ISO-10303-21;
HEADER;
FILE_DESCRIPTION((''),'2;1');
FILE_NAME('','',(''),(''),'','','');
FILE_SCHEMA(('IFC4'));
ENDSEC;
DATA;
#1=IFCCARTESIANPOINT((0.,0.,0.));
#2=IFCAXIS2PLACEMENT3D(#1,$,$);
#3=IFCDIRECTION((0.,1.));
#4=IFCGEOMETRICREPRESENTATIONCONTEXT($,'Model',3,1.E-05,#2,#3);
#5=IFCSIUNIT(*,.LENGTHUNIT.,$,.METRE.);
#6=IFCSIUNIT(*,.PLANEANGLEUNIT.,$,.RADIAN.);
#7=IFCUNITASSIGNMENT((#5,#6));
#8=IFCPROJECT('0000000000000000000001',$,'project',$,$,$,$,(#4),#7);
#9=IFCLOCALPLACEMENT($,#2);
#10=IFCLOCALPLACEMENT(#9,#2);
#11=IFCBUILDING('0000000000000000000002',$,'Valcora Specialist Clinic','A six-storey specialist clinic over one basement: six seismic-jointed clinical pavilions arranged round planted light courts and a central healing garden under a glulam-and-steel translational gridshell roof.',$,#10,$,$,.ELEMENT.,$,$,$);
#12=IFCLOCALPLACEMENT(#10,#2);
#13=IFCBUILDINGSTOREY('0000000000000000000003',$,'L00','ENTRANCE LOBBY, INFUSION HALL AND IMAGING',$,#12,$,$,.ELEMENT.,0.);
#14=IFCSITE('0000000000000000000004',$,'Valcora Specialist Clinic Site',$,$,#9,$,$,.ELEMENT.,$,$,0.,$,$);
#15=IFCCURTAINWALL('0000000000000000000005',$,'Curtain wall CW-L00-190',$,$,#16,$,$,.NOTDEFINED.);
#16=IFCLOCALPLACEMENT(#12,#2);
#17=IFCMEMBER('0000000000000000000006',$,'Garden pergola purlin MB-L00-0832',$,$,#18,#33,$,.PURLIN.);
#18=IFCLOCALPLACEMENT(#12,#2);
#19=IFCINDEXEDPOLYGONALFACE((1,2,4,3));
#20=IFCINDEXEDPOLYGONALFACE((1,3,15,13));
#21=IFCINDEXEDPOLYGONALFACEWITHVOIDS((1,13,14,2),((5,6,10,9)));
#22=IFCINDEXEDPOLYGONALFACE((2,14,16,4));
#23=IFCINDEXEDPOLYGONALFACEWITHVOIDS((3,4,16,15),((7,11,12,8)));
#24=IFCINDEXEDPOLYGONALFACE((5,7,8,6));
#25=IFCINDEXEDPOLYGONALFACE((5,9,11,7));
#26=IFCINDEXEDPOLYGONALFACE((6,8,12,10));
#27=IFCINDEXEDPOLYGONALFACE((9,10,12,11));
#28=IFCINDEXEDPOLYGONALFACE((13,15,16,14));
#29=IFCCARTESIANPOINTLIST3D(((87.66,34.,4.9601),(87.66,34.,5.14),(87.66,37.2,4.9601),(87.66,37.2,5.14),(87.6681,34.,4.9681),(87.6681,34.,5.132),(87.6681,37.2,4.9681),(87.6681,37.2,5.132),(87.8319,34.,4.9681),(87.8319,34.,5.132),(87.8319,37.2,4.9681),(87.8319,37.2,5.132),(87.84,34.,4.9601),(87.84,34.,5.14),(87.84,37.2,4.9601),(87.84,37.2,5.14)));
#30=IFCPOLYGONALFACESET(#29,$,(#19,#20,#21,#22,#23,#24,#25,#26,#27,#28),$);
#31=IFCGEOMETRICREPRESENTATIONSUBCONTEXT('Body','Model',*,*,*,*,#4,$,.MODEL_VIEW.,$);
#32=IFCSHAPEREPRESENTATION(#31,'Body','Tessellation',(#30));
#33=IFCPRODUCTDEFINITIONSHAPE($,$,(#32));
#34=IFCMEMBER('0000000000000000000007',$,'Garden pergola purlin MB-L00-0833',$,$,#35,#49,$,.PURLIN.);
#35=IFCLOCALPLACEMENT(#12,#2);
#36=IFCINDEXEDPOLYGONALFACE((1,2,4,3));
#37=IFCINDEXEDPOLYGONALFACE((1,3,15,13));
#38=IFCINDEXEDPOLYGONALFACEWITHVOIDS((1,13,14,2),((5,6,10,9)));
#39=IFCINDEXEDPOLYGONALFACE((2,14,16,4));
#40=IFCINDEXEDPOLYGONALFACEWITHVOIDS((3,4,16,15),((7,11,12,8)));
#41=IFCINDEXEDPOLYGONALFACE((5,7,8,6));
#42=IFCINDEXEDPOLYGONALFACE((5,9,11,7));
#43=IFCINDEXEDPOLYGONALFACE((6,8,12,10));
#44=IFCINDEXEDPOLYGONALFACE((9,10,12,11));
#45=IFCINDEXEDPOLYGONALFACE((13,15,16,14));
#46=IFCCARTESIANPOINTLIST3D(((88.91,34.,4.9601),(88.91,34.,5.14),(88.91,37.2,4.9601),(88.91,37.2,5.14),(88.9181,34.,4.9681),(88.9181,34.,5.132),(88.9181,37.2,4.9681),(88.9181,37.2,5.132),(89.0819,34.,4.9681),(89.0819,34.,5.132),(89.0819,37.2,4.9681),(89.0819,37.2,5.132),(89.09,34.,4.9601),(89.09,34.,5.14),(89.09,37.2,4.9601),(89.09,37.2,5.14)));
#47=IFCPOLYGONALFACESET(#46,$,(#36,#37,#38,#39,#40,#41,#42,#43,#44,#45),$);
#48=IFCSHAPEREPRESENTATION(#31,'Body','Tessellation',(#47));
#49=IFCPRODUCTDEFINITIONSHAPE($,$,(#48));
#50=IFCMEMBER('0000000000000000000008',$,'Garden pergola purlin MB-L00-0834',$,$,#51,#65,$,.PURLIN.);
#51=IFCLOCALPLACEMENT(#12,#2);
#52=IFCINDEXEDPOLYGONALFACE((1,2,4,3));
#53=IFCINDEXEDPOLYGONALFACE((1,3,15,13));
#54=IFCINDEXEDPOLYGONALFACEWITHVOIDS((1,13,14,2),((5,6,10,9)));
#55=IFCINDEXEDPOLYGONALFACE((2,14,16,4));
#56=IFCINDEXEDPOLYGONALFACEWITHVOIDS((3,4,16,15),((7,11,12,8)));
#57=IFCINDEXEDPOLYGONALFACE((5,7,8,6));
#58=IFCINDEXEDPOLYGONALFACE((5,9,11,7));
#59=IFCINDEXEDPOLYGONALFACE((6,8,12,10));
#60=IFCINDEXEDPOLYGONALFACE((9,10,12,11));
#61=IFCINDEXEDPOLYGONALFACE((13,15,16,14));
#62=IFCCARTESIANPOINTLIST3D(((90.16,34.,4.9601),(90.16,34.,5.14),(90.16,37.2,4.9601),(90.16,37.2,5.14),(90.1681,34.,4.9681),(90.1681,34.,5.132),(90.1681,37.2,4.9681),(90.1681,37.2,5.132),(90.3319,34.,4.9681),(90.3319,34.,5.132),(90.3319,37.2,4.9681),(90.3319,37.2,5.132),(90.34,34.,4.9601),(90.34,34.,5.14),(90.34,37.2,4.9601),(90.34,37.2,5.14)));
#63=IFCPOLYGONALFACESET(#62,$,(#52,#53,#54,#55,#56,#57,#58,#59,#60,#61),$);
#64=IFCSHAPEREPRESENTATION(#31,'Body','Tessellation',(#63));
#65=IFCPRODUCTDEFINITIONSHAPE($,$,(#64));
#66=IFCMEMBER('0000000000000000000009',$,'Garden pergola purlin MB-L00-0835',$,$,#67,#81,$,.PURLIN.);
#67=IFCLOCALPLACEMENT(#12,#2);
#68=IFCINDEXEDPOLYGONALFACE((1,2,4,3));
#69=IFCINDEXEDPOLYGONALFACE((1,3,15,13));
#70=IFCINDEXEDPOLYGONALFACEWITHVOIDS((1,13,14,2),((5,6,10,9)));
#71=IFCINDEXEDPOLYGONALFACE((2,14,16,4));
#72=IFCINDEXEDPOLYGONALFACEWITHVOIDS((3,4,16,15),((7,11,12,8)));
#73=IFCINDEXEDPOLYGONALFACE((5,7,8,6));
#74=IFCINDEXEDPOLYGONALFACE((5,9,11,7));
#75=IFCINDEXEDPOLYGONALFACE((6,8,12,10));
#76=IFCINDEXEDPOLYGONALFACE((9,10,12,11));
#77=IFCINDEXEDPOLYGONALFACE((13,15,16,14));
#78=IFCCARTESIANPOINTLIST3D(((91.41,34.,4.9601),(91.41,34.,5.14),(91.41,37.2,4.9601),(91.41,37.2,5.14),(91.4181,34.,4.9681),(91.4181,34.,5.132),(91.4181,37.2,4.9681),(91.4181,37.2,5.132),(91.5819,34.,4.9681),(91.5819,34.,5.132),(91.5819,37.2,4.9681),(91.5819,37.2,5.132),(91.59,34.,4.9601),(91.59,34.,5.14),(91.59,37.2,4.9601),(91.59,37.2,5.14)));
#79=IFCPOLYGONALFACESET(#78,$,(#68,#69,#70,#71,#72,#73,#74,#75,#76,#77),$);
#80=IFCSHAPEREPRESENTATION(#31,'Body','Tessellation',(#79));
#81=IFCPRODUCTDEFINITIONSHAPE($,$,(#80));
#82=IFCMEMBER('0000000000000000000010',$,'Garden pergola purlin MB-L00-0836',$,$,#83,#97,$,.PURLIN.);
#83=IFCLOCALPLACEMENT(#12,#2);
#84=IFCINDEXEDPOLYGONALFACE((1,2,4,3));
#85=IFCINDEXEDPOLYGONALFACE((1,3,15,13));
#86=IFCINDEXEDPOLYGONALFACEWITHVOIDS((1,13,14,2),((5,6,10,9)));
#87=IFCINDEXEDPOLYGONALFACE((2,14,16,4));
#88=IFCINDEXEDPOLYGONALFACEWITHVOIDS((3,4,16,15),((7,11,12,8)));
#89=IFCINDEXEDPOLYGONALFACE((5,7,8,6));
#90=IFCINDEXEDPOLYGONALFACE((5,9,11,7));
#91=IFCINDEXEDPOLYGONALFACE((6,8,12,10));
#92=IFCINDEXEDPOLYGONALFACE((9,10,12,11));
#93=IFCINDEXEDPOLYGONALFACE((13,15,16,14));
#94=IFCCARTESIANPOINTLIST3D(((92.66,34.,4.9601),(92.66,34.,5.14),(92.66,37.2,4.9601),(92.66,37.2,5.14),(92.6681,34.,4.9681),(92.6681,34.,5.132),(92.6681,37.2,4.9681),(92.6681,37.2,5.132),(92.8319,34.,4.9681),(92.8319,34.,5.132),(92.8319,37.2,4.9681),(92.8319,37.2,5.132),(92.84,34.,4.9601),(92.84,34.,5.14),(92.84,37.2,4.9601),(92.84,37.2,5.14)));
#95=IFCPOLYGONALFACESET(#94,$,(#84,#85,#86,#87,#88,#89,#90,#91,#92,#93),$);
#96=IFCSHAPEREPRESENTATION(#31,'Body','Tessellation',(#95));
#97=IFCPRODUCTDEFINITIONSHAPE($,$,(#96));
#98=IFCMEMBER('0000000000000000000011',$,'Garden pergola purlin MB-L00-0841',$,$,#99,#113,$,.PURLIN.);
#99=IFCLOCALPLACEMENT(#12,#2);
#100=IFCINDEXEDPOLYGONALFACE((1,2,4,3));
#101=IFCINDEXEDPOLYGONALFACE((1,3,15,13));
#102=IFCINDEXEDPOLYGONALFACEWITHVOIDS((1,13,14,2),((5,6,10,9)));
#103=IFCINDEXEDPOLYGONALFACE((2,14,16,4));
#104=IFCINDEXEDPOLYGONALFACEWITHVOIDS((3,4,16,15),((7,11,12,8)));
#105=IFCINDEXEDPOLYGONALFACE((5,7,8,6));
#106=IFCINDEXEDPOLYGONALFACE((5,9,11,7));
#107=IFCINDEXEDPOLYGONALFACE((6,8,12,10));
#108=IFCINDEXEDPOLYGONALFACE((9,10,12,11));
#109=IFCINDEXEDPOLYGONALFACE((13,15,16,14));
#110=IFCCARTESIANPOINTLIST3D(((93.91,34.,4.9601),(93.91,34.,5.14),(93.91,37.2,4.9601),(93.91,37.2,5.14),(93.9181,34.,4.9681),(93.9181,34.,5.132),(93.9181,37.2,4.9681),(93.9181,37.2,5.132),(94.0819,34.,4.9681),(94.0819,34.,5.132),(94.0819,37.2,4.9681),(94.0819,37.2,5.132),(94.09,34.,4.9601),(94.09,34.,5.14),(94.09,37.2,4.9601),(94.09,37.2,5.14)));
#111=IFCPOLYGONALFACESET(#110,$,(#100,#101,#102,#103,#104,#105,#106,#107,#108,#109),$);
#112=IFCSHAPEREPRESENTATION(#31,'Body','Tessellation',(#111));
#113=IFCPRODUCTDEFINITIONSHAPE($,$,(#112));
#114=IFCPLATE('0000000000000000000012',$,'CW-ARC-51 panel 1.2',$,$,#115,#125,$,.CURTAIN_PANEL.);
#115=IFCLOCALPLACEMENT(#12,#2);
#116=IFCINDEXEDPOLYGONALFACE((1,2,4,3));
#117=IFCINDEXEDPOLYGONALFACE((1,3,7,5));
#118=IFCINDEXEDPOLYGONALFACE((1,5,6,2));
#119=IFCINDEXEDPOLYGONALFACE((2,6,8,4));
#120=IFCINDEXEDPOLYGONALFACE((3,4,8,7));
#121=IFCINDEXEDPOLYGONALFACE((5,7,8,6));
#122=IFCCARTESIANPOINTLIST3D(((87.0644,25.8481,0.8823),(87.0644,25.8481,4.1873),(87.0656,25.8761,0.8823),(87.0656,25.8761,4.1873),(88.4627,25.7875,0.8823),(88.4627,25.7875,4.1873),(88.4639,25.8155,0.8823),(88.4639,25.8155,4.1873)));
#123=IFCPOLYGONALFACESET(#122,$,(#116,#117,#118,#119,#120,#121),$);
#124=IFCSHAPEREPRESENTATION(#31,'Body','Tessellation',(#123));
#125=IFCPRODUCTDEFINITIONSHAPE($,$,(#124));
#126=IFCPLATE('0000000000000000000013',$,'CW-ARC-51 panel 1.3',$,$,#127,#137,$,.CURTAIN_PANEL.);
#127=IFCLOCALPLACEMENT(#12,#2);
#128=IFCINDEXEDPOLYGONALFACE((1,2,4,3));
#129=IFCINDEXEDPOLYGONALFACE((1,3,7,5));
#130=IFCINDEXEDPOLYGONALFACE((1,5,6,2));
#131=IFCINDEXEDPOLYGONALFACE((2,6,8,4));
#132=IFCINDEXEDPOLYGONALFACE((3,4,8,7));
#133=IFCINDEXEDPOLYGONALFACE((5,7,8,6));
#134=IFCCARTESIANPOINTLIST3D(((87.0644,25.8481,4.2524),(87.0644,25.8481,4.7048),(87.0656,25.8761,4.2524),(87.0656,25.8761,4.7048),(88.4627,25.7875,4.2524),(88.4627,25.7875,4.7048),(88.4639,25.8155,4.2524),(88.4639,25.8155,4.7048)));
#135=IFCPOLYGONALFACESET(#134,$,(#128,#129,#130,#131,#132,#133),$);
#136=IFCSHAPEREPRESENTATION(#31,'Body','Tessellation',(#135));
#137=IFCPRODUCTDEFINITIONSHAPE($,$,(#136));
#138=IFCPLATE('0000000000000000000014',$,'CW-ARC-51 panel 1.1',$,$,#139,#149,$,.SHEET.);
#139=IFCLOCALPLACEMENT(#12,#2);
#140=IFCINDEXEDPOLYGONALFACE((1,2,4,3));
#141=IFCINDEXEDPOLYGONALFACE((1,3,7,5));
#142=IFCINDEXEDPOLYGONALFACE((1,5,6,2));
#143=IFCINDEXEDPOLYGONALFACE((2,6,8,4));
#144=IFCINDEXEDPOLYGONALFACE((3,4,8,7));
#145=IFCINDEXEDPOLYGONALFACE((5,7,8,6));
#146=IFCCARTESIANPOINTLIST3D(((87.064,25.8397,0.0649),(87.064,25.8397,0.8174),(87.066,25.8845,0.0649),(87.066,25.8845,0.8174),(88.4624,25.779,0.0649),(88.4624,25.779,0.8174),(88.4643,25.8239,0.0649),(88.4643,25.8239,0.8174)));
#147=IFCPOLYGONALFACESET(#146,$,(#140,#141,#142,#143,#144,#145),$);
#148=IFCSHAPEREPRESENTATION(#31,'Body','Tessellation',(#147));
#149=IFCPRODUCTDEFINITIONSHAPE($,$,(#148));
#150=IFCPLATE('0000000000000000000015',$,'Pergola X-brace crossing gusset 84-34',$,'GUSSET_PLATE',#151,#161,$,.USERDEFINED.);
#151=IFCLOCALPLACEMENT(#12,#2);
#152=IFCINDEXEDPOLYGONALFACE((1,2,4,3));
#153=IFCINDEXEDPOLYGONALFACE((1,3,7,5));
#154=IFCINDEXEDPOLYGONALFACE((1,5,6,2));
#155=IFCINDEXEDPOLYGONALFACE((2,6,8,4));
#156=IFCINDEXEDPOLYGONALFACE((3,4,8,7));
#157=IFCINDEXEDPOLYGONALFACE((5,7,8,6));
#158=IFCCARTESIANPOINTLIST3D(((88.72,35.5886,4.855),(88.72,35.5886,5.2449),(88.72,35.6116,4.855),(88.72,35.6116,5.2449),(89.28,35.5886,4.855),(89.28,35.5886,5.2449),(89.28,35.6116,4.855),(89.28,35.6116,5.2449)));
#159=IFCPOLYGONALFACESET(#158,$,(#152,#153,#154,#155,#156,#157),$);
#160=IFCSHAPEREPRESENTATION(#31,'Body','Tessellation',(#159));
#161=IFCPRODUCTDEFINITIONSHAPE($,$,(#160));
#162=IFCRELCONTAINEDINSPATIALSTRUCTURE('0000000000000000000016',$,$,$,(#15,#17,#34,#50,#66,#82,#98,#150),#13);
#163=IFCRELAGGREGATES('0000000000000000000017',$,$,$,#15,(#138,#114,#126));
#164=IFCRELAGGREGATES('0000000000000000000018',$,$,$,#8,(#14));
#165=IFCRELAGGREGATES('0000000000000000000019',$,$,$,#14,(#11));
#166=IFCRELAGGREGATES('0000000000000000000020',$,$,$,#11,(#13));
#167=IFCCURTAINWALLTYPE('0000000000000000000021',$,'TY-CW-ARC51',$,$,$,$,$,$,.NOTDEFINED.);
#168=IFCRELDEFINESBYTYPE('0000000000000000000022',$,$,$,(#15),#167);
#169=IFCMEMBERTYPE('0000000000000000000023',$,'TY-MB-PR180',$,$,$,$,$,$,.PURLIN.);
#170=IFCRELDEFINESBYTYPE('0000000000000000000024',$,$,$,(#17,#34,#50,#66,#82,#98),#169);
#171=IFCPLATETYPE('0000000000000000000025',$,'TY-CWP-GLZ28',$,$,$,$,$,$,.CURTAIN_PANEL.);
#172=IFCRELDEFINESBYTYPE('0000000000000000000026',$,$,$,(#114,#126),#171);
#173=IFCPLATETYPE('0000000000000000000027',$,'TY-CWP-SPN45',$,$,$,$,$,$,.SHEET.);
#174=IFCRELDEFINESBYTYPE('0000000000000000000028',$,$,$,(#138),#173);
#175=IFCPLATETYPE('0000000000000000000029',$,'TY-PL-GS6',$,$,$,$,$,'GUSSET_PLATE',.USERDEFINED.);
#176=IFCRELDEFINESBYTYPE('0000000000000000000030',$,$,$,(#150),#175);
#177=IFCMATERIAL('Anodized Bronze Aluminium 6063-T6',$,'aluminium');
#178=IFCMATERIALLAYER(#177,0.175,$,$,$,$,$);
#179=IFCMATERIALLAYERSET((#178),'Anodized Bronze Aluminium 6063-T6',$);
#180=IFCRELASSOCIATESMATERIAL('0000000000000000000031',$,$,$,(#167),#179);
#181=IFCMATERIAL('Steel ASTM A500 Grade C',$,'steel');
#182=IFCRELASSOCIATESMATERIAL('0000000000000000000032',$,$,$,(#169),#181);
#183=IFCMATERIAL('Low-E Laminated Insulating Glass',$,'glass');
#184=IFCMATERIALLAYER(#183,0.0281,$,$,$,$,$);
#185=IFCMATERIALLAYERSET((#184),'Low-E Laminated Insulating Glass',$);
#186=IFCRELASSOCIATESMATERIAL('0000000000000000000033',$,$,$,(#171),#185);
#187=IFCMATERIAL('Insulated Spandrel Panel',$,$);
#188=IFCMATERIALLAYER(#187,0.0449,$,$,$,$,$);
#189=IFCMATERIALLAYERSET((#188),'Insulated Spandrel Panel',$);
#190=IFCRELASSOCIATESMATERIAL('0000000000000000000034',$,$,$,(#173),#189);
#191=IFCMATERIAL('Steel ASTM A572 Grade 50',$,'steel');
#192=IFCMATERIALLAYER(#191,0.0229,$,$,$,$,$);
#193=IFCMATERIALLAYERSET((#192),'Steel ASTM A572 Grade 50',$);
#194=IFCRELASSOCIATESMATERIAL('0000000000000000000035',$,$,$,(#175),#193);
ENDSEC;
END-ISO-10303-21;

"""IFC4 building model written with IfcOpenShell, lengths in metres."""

from ifc_helpers import new_model, si_unit, direction, frame, origin, origin_2d, place, context, subcontext, project, spatial, rectangle, hollow_rectangle, extrude, material, layer, layer_set, material_profile, profile_set, type_object, element, aggregate, save


model = new_model("IFC4")

# Units and contexts
model_context = context("Model", 3, precision=1e-05, world=origin(), true_north=direction((0.0, 1.0)))
body_context = subcontext(model_context, "Body", "Model", "MODEL_VIEW")
ifc_project = project(units=[si_unit("LENGTHUNIT", "METRE"), si_unit("PLANEANGLEUNIT", "RADIAN")], contexts=[model_context])

# Site, building, storey
site_placement = place(None, origin())
site = spatial("IfcSite", under=ifc_project, at=site_placement, Name="Valcora Specialist Clinic Site", CompositionType="ELEMENT", RefElevation=0.0)
building_placement = place(site_placement, origin())
building = spatial("IfcBuilding", under=site, at=building_placement, Name="Valcora Specialist Clinic", Description="A six-storey specialist clinic over one basement: six seismic-jointed clinical pavilions arranged round planted light courts and a central healing garden under a glulam-and-steel translational gridshell roof.", CompositionType="ELEMENT")
storey_placement = place(building_placement, origin())
storey = spatial("IfcBuildingStorey", under=building, at=storey_placement, Name="L00", Description="ENTRANCE LOBBY, INFUSION HALL AND IMAGING", CompositionType="ELEMENT", Elevation=0.0)

# Shared definitions
ifc_material_1 = material(Name="Anodized Bronze Aluminium 6063-T6", Category="aluminium")
ifc_layer_1 = layer(ifc_material_1, 0.175)
ifc_layer_set_1 = layer_set([ifc_layer_1], Name="Anodized Bronze Aluminium 6063-T6")
curtain_wall_type = type_object("IfcCurtainWallType", Name="TY-CW-ARC51", PredefinedType="NOTDEFINED", material=ifc_layer_set_1)

# Curtain wall
curtain_wall_1_placement = place(storey_placement, origin())
curtain_wall_1 = element("IfcCurtainWall", 1, at=curtain_wall_1_placement, inside=storey, type_object=curtain_wall_type, Name="Curtain wall CW-L00-190", PredefinedType="NOTDEFINED")

# Members
ifc_material_2 = material(Name="Steel ASTM A500 Grade C", Category="steel")
ifc_material_profile_1 = material_profile(ifc_material_2, hollow_rectangle(XDim=0.1799, YDim=0.1799, WallThickness=0.0081, at=origin_2d()), Name="ST-RHS-180X180X8")
ifc_profile_set_1 = profile_set([ifc_material_profile_1], Name="Steel ASTM A500 Grade C")
member_type_1 = type_object("IfcMemberType", Name="TY-MB-PR180", PredefinedType="PURLIN", material=ifc_profile_set_1)
for number, where, z_axis, x_axis, name in (
    (2, (87.75, 34.0, 5.05), (0.0, 1.0, 0.0), (-1.0, 0.0, 0.0), "Garden pergola purlin MB-L00-0832"),
    (3, (89.0, 34.0, 5.05), (0.0, 1.0, 0.0), (-1.0, 0.0, 0.0), "Garden pergola purlin MB-L00-0833"),
    (4, (90.25, 34.0, 5.05), (0.0, 1.0, 0.0), (-1.0, 0.0, 0.0), "Garden pergola purlin MB-L00-0834"),
    (5, (91.5, 34.0, 5.05), (0.0, 1.0, 0.0), (-1.0, 0.0, 0.0), "Garden pergola purlin MB-L00-0835"),
    (6, (92.75, 34.0, 5.05), (0.0, 1.0, 0.0), (-1.0, 0.0, 0.0), "Garden pergola purlin MB-L00-0836"),
    (7, (94.0, 34.0, 5.05), (0.0, 1.0, 0.0), (-1.0, 0.0, 0.0), "Garden pergola purlin MB-L00-0841"),
):
    element("IfcMember", number, at=place(storey_placement, frame(where, z_axis=z_axis, x_axis=x_axis)), inside=storey, type_object=member_type_1, Name=name, PredefinedType="PURLIN", context=body_context, shape_type="SweptSolid", body=[
        extrude(hollow_rectangle(XDim=0.1799, YDim=0.1799, WallThickness=0.0081, at=origin_2d()), origin(), (0.0, 0.0, 1.0), 3.2),
    ])

# Plates
ifc_material_3 = material(Name="Low-E Laminated Insulating Glass", Category="glass")
ifc_layer_2 = layer(ifc_material_3, 0.0281)
ifc_layer_set_2 = layer_set([ifc_layer_2], Name="Low-E Laminated Insulating Glass")
plate_type_1 = type_object("IfcPlateType", Name="TY-CWP-GLZ28", PredefinedType="CURTAIN_PANEL", material=ifc_layer_set_2)
plate_1_placement = place(storey_placement, frame((87.7642, 25.8318, 0.8823), z_axis=(0.0, 0.0, 1.0), x_axis=(0.999062, -0.043307, 0.0)))
plate_1 = element("IfcPlate", 8, at=plate_1_placement, type_object=plate_type_1, Name="CW-ARC-51 panel 1.2", PredefinedType="CURTAIN_PANEL", context=body_context, shape_type="SweptSolid", body=[
    extrude(rectangle(XDim=1.3997, YDim=0.0281, at=origin_2d()), origin(), (0.0, 0.0, 1.0), 3.3049),
])
plate_2_placement = place(storey_placement, frame((87.7642, 25.8318, 4.2524), z_axis=(0.0, 0.0, 1.0), x_axis=(0.999062, -0.043307, 0.0)))
plate_2 = element("IfcPlate", 9, at=plate_2_placement, type_object=plate_type_1, Name="CW-ARC-51 panel 1.3", PredefinedType="CURTAIN_PANEL", context=body_context, shape_type="SweptSolid", body=[
    extrude(rectangle(XDim=1.3997, YDim=0.0281, at=origin_2d()), origin(), (0.0, 0.0, 1.0), 0.4524),
])
ifc_material_4 = material(Name="Insulated Spandrel Panel")
ifc_layer_3 = layer(ifc_material_4, 0.0449)
ifc_layer_set_3 = layer_set([ifc_layer_3], Name="Insulated Spandrel Panel")
plate_type_2 = type_object("IfcPlateType", Name="TY-CWP-SPN45", PredefinedType="SHEET", material=ifc_layer_set_3)
plate_3_placement = place(storey_placement, frame((87.7642, 25.8318, 0.0649), z_axis=(0.0, 0.0, 1.0), x_axis=(0.999062, -0.043307, 0.0)))
plate_3 = element("IfcPlate", 10, at=plate_3_placement, type_object=plate_type_2, Name="CW-ARC-51 panel 1.1", PredefinedType="SHEET", context=body_context, shape_type="SweptSolid", body=[
    extrude(rectangle(XDim=1.3997, YDim=0.0449, at=origin_2d()), origin(), (0.0, 0.0, 1.0), 0.7524),
])
aggregate(curtain_wall_1, [plate_3, plate_1, plate_2])
ifc_material_5 = material(Name="Steel ASTM A572 Grade 50", Category="steel")
ifc_layer_4 = layer(ifc_material_5, 0.0229)
ifc_layer_set_4 = layer_set([ifc_layer_4], Name="Steel ASTM A572 Grade 50")
plate_type_3 = type_object("IfcPlateType", Name="TY-PL-GS6", ElementType="GUSSET_PLATE", PredefinedType="USERDEFINED", material=ifc_layer_set_4)
plate_4_placement = place(storey_placement, frame((89.0, 35.6001, 4.855), z_axis=(0.0, 0.0, 1.0), x_axis=(1.0, 0.0, 0.0)))
element("IfcPlate", 11, at=plate_4_placement, inside=storey, type_object=plate_type_3, Name="Pergola X-brace crossing gusset 84-34", ObjectType="GUSSET_PLATE", PredefinedType="USERDEFINED", context=body_context, shape_type="SweptSolid", body=[
    extrude(rectangle(XDim=0.5601, YDim=0.0229, at=origin_2d()), origin(), (0.0, 0.0, 1.0), 0.3899),
])

save(model, "model.ifc")
